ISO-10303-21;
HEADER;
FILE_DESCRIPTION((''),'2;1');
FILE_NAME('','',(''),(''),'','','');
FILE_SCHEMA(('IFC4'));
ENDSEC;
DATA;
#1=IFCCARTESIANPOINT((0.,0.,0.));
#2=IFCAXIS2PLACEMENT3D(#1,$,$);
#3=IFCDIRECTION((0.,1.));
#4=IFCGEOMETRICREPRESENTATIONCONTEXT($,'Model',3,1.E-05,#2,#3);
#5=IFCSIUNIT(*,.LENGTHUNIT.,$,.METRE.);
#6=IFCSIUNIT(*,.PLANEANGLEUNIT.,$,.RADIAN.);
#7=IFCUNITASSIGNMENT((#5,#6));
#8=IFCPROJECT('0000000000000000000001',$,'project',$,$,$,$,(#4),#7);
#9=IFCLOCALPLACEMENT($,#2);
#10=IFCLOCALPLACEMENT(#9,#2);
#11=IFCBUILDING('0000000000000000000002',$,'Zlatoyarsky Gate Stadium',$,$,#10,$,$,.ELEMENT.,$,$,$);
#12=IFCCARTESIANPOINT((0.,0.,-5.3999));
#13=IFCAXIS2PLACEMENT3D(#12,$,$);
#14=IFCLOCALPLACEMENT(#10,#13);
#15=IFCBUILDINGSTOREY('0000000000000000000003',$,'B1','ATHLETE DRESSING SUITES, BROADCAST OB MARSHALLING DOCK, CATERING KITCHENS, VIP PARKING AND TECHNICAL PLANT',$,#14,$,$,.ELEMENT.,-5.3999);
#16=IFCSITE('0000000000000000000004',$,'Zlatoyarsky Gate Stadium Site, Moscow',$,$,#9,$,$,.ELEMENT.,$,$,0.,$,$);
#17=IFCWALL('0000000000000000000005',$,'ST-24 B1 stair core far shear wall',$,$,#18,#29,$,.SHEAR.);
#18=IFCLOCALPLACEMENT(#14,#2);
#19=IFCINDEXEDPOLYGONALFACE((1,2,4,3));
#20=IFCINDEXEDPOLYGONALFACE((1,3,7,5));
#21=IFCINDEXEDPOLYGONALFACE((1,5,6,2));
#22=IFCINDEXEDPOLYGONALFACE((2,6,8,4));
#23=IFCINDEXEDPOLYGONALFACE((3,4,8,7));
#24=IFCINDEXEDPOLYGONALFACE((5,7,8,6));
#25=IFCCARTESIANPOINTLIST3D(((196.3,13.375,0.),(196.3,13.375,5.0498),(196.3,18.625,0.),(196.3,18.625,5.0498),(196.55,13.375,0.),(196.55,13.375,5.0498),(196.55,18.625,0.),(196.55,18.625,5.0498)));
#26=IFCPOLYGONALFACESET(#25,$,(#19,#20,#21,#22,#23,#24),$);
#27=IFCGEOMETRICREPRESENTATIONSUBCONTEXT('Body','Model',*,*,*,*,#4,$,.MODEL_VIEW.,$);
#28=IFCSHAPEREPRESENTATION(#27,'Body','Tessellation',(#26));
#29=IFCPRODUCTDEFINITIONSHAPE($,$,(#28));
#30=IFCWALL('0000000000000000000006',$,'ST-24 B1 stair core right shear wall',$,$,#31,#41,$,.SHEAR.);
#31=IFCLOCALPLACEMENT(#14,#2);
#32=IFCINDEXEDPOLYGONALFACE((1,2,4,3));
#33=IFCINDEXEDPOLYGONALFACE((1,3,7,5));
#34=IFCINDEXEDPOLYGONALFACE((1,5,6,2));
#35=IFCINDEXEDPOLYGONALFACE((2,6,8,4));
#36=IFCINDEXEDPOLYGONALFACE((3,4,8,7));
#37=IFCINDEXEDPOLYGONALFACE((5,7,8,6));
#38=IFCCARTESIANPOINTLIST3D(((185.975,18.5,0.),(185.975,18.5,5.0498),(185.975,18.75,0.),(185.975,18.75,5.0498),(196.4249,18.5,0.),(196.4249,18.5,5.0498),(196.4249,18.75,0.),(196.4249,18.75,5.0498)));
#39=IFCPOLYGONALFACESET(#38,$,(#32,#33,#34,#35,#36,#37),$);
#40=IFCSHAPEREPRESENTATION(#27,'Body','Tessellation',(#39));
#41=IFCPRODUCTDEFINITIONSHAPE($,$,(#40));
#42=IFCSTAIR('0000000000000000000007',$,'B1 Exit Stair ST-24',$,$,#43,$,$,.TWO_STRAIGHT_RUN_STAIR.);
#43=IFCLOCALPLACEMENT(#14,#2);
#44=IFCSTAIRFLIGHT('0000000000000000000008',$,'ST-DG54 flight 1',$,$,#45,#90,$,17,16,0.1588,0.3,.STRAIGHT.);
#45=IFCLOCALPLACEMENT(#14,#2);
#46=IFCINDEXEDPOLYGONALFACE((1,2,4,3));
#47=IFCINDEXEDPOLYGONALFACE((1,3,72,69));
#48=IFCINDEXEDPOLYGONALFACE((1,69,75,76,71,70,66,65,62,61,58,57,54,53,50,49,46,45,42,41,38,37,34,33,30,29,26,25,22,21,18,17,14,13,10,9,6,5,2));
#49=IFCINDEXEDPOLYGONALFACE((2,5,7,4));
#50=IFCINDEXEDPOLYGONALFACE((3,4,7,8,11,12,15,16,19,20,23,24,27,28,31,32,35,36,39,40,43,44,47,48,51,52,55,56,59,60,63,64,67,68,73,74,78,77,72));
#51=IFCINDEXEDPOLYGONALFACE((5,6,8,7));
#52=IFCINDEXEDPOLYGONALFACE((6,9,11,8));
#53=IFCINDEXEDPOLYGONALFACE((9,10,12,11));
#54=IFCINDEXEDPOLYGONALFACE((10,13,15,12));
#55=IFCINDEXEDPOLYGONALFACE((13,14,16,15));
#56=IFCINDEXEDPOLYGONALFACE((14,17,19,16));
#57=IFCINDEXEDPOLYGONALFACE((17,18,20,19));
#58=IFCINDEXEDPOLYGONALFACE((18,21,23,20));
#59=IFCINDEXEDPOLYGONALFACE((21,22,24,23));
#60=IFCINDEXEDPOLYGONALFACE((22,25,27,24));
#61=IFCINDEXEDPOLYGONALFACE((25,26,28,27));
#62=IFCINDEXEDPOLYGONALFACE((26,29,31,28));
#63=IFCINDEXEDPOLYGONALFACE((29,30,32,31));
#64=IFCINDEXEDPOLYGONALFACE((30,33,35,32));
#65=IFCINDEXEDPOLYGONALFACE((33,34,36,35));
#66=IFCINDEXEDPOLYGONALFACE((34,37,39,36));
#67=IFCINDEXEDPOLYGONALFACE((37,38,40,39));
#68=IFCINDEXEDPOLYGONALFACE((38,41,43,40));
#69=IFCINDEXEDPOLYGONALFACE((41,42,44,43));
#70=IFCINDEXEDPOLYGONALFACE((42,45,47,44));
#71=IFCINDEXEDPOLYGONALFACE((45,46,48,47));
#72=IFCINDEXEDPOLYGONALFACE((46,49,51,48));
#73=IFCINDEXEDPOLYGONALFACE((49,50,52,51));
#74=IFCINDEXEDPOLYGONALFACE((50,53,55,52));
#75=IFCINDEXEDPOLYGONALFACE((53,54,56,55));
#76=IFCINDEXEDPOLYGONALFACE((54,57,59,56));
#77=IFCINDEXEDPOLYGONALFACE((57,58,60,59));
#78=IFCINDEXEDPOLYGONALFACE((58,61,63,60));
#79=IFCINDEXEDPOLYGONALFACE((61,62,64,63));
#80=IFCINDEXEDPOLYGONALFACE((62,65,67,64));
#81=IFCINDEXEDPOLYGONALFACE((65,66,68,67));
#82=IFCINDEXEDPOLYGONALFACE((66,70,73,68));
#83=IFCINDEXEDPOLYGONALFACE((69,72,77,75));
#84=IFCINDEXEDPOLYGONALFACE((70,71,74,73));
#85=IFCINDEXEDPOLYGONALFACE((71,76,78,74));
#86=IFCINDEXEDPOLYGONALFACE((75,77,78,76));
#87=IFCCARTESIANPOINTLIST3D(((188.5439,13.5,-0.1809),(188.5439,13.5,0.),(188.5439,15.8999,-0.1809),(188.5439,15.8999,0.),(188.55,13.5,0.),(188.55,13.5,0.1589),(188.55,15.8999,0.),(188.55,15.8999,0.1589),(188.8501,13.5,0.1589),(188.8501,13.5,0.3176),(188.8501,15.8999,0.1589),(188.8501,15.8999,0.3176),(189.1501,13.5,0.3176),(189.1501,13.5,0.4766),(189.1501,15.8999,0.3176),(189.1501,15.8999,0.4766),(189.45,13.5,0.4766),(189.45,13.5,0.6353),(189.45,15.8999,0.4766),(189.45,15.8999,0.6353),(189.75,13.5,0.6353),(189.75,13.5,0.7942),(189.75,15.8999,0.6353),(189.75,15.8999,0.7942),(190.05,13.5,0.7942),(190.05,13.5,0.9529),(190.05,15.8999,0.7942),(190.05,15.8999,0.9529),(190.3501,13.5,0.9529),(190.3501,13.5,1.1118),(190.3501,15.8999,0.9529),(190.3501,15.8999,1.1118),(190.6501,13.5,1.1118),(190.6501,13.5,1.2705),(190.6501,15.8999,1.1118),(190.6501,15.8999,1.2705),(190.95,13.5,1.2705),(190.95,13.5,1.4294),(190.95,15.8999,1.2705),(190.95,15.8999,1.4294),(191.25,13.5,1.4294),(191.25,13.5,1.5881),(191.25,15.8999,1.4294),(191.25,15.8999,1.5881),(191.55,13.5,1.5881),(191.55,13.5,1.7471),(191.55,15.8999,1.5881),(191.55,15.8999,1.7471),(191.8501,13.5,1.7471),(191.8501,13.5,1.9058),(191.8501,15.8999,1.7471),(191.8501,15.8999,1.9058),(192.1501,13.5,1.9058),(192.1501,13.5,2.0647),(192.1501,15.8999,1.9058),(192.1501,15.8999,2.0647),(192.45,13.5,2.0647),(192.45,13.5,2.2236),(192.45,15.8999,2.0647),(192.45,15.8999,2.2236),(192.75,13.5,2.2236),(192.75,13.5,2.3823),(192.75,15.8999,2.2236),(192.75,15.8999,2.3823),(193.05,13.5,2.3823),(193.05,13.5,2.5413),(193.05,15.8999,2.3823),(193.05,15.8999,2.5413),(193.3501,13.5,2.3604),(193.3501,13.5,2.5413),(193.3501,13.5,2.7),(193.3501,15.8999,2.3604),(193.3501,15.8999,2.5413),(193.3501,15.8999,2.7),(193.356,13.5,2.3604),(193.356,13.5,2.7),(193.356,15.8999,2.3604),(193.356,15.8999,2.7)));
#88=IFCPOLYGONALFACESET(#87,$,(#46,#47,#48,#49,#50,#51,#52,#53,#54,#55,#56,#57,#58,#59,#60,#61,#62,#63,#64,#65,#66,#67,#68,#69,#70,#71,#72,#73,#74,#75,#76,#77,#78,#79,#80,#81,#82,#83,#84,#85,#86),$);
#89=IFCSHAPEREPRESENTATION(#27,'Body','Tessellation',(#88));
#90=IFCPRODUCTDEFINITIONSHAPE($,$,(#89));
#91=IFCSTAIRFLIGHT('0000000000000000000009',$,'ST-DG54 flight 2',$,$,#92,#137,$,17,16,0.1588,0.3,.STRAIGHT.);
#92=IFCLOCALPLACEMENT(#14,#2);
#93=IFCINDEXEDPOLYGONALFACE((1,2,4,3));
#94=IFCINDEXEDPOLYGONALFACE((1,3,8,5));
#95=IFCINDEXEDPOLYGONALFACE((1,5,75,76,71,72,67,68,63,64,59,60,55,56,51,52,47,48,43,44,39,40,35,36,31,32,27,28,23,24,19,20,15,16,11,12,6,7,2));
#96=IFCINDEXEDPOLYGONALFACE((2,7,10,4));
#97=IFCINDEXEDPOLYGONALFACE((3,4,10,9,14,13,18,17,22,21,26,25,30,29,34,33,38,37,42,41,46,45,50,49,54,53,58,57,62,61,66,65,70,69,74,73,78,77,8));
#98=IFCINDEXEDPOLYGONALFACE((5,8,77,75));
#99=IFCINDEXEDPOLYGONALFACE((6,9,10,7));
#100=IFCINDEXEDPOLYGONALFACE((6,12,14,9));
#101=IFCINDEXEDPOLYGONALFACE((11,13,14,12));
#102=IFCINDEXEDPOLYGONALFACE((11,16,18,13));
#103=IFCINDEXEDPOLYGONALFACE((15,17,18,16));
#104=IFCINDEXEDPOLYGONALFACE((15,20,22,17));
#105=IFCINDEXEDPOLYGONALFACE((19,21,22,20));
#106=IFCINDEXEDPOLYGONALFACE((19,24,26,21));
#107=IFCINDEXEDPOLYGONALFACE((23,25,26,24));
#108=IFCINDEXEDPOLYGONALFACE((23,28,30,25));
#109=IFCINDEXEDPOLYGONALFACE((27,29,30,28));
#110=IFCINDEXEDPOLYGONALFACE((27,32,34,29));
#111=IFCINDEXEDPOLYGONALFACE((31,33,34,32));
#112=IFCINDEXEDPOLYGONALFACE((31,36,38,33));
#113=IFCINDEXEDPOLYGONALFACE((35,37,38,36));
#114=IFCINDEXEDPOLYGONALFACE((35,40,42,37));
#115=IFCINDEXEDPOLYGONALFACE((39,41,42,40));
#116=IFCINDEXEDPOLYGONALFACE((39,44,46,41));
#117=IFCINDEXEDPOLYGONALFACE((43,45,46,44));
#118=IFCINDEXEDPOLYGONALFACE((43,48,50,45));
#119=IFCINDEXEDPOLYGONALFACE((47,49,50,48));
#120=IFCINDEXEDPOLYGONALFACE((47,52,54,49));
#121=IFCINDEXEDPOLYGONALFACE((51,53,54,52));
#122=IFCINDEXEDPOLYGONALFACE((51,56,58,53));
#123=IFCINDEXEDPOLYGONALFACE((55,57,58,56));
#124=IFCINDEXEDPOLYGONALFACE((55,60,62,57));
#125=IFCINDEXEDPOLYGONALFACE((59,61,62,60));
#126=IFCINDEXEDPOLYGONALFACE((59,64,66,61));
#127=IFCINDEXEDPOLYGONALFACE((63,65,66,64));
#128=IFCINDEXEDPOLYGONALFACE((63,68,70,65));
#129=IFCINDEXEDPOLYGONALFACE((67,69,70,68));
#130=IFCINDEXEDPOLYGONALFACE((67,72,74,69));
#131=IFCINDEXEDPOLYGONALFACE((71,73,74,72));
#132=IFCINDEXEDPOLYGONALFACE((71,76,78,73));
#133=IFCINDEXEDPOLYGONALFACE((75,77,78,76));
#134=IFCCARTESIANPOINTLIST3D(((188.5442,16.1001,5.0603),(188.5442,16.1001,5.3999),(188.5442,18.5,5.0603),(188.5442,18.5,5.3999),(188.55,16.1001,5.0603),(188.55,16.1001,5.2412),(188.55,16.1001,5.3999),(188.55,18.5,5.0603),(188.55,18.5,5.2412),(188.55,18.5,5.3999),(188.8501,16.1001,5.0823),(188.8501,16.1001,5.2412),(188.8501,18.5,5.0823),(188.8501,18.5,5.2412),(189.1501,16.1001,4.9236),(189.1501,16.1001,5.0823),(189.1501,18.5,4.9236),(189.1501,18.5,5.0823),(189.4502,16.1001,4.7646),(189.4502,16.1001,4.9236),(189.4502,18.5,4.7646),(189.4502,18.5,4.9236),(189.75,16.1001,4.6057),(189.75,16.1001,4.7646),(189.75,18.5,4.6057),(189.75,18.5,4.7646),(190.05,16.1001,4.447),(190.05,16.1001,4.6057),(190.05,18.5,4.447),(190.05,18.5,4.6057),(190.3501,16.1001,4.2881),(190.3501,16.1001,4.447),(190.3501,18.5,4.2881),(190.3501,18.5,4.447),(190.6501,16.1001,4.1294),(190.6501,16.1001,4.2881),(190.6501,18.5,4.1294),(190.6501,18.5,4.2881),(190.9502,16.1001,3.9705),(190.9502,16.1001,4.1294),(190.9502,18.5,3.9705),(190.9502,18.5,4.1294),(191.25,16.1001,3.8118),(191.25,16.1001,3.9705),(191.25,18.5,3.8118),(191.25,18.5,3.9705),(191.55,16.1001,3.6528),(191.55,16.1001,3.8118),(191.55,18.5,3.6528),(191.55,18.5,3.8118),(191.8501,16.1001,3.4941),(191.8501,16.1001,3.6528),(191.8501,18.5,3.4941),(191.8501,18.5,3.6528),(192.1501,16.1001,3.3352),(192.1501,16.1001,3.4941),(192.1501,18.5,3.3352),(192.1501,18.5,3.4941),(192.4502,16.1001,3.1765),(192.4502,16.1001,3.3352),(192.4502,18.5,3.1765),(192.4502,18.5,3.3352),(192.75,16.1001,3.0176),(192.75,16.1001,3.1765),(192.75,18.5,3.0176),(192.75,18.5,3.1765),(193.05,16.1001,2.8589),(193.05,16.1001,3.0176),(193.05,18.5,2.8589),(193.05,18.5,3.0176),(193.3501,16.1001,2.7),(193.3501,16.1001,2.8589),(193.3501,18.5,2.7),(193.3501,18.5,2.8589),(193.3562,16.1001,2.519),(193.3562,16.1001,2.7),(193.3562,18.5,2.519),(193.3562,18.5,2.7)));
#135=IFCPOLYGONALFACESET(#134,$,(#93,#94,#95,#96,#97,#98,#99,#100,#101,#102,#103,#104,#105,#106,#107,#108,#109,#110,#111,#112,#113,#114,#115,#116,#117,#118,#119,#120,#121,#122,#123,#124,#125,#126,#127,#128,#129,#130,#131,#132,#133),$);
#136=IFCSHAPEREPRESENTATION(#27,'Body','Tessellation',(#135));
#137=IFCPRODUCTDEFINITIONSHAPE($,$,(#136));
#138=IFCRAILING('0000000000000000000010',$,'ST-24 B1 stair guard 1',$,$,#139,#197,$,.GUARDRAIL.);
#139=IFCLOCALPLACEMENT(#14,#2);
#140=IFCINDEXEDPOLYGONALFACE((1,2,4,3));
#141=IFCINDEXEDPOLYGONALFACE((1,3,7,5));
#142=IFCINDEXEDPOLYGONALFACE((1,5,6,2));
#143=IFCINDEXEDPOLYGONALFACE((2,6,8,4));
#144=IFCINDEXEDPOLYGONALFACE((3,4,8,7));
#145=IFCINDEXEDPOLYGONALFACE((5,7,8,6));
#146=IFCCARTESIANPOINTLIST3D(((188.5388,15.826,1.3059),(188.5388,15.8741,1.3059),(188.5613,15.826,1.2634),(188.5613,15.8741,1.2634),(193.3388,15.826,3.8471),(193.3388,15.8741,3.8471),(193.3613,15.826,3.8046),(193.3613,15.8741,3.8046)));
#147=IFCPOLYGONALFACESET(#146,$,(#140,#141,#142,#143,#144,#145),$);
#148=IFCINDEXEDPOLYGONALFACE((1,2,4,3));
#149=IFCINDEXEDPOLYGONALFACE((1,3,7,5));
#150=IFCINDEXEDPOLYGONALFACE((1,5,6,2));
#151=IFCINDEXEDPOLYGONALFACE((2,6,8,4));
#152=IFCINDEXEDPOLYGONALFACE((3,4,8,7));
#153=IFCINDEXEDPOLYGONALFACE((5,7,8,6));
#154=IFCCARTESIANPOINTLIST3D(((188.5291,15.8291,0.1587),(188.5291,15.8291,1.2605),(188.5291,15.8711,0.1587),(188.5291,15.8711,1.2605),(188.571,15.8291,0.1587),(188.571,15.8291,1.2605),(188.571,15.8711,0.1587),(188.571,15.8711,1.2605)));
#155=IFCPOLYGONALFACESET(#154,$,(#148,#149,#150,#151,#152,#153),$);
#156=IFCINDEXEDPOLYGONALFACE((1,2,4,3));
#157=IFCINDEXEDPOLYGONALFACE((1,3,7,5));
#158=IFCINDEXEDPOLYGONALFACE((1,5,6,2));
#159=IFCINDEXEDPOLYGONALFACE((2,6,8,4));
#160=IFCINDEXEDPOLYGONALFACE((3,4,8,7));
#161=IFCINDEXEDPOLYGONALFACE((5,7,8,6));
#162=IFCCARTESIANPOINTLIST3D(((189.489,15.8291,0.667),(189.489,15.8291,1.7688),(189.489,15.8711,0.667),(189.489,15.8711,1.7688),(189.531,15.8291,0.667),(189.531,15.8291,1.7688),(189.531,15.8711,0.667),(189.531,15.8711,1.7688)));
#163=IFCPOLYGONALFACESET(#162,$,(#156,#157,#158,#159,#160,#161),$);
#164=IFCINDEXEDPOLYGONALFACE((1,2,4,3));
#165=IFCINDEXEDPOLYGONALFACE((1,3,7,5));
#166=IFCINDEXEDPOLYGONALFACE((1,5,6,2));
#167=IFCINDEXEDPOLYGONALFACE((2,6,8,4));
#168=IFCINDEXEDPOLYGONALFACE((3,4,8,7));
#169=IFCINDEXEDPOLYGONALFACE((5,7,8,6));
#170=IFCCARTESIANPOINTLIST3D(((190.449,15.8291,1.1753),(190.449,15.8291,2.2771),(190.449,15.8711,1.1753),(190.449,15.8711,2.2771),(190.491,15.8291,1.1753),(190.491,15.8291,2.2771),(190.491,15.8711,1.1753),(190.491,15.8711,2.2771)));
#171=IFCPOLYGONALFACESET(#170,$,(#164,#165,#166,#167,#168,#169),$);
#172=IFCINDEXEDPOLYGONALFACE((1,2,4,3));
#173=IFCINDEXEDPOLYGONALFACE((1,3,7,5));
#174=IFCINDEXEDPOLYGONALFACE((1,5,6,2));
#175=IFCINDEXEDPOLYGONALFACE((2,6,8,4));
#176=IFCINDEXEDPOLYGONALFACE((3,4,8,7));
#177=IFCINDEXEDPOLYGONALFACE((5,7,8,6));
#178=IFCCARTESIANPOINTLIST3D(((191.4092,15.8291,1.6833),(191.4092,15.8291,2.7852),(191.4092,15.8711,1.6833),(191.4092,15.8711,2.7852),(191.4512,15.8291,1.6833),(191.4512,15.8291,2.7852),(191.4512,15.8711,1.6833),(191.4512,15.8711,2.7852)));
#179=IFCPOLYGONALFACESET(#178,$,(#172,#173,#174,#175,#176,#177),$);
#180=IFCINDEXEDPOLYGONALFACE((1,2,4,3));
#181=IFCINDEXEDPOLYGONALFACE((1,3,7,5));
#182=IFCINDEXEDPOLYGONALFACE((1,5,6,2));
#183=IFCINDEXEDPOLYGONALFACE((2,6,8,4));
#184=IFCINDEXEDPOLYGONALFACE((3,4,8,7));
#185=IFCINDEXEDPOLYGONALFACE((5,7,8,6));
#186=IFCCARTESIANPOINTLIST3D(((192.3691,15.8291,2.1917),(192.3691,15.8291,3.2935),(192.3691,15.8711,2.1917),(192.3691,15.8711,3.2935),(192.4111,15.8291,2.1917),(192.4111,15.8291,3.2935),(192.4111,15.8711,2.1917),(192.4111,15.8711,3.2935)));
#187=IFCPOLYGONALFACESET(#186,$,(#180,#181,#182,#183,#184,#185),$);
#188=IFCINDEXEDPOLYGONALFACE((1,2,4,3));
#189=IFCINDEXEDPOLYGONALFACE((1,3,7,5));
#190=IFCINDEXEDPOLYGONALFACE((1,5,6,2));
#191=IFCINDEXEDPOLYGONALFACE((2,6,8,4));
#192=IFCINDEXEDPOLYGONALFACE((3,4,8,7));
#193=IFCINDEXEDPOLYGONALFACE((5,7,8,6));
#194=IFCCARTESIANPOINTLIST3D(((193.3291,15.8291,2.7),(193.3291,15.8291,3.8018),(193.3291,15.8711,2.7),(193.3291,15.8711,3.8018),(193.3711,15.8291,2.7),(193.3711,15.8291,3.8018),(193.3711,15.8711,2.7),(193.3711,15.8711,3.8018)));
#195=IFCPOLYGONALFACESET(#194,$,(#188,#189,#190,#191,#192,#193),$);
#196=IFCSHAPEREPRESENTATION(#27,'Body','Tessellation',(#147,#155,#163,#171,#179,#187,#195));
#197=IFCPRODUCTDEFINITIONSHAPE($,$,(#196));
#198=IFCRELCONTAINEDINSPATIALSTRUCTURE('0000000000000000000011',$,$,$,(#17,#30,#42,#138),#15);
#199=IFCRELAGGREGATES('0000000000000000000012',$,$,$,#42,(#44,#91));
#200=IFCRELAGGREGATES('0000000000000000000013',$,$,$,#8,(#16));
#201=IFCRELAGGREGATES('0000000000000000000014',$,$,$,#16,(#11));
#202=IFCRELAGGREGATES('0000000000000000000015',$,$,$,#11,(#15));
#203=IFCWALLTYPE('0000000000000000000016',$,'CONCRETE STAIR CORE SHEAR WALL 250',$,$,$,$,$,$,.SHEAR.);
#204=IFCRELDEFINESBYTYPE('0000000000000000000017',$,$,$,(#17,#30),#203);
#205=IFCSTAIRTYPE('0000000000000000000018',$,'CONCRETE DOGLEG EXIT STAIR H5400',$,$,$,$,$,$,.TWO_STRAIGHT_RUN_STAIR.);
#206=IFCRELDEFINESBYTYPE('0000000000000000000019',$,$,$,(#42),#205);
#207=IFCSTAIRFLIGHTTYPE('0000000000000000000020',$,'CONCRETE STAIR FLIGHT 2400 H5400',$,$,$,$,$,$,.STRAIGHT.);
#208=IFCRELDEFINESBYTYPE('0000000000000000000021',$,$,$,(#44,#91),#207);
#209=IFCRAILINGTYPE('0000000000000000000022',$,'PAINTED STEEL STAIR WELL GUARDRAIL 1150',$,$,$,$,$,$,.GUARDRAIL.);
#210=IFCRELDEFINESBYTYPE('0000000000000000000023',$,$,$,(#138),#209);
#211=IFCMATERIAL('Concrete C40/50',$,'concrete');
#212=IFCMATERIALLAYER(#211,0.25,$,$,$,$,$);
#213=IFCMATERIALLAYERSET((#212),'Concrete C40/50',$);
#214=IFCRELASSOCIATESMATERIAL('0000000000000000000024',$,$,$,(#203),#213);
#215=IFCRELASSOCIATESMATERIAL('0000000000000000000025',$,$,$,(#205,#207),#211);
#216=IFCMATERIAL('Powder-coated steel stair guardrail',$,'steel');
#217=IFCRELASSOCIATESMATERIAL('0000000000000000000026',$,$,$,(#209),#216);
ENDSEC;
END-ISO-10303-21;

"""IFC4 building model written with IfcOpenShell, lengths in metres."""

from ifc_helpers import new_model, si_unit, direction, frame, frame_2d, origin, origin_2d, place, context, subcontext, project, spatial, polyline, rectangle, outline, extrude, material, layer, layer_set, type_object, element, aggregate, save


model = new_model("IFC4")

# Units and contexts
model_context = context("Model", 3, precision=1e-05, world=origin(), true_north=direction((0.0, 1.0)))
body_context = subcontext(model_context, "Body", "Model", "MODEL_VIEW")
ifc_project = project(units=[si_unit("LENGTHUNIT", "METRE"), si_unit("PLANEANGLEUNIT", "RADIAN")], contexts=[model_context])

# Site, building, storey
site_placement = place(None, origin())
site = spatial("IfcSite", under=ifc_project, at=site_placement, Name="Zlatoyarsky Gate Stadium Site, Moscow", CompositionType="ELEMENT", RefElevation=0.0)
building_placement = place(site_placement, origin())
building = spatial("IfcBuilding", under=site, at=building_placement, Name="Zlatoyarsky Gate Stadium", CompositionType="ELEMENT")
storey_placement = place(building_placement, frame((0.0, 0.0, -5.3999)))
storey = spatial("IfcBuildingStorey", under=building, at=storey_placement, Name="B1", Description="ATHLETE DRESSING SUITES, BROADCAST OB MARSHALLING DOCK, CATERING KITCHENS, VIP PARKING AND TECHNICAL PLANT", CompositionType="ELEMENT", Elevation=-5.3999)

# Shared definitions
ifc_material_1 = material(Name="Concrete C40/50", Category="concrete")

# Walls
ifc_layer_1 = layer(ifc_material_1, 0.25)
ifc_layer_set_1 = layer_set([ifc_layer_1], Name="Concrete C40/50")
wall_type_1 = type_object("IfcWallType", Name="CONCRETE STAIR CORE SHEAR WALL 250", PredefinedType="SHEAR", material=ifc_layer_set_1)
wall_1_placement = place(storey_placement, frame((196.425, 13.375, 0.0), z_axis=(0.0, 0.0, 1.0), x_axis=(0.0, 1.0, 0.0)))
element("IfcWall", 1, at=wall_1_placement, inside=storey, type_object=wall_type_1, Name="ST-24 B1 stair core far shear wall", PredefinedType="SHEAR", context=body_context, shape_type="SweptSolid", body=[
    extrude(rectangle(XDim=5.25, YDim=0.25, at=frame_2d((2.625, 0.0))), origin(), (0.0, 0.0, 1.0), 5.0498),
])
wall_2_placement = place(storey_placement, frame((196.425, 18.625, 0.0), z_axis=(0.0, 0.0, 1.0), x_axis=(-1.0, 0.0, 0.0)))
element("IfcWall", 2, at=wall_2_placement, inside=storey, type_object=wall_type_1, Name="ST-24 B1 stair core right shear wall", PredefinedType="SHEAR", context=body_context, shape_type="SweptSolid", body=[
    extrude(rectangle(XDim=10.45, YDim=0.25, at=frame_2d((5.2251, 0.0))), origin(), (0.0, 0.0, 1.0), 5.0498),
])

# Stair, stair flights
stair_type = type_object("IfcStairType", Name="CONCRETE DOGLEG EXIT STAIR H5400", PredefinedType="TWO_STRAIGHT_RUN_STAIR", material=ifc_material_1)
stair_placement = place(storey_placement, origin())
stair = element("IfcStair", 3, at=stair_placement, inside=storey, type_object=stair_type, Name="B1 Exit Stair ST-24", PredefinedType="TWO_STRAIGHT_RUN_STAIR")
stair_flight_type = type_object("IfcStairFlightType", Name="CONCRETE STAIR FLIGHT 2400 H5400", PredefinedType="STRAIGHT", material=ifc_material_1)
stair_flight_1_placement = place(storey_placement, frame((188.55, 14.7, 0.0), z_axis=(0.0, 0.0, 1.0), x_axis=(1.0, 0.0, 0.0)))
stair_flight_1 = element("IfcStairFlight", 4, at=stair_flight_1_placement, type_object=stair_flight_type, Name="ST-DG54 flight 1", NumberOfRisers=17, NumberOfTreads=16, PredefinedType="STRAIGHT", RiserHeight=0.1588, TreadLength=0.3, context=body_context, shape_type="SweptSolid", body=[
    extrude(outline(polyline([(-0.0061, -0.1809), (-0.0061, 0.0), (0.0, 0.0), (0.0, 0.1589), (0.3, 0.1589), (0.3, 0.3176), (0.6001, 0.3176), (0.6001, 0.4766), (0.8999, 0.4766), (0.8999, 0.6353), (1.2, 0.6353), (1.2, 0.7942), (1.5, 0.7942), (1.5, 0.9529), (1.8, 0.9529), (1.8, 1.1118), (2.1001, 1.1118), (2.1001, 1.2705), (2.3999, 1.2705), (2.3999, 1.4294), (2.7, 1.4294), (2.7, 1.5881), (3.0, 1.5881), (3.0, 1.7471), (3.3, 1.7471), (3.3, 1.9058), (3.6001, 1.9058), (3.6001, 2.0647), (3.8999, 2.0647), (3.8999, 2.2236), (4.2, 2.2236), (4.2, 2.3823), (4.5, 2.3823), (4.5, 2.5413), (4.8, 2.5413), (4.8, 2.7), (4.8059, 2.7), (4.8059, 2.3604), (4.8, 2.3604), (-0.0061, -0.1809)])), frame((0.0, 1.2, 0.0), z_axis=(0.0, -1.0, 0.0), x_axis=(1.0, 0.0, 0.0)), (0.0, 0.0, 1.0), 2.3999),
])
stair_flight_2_placement = place(storey_placement, frame((193.3501, 17.3, 2.7), z_axis=(0.0, 0.0, 1.0), x_axis=(-1.0, 0.0, 0.0)))
stair_flight_2 = element("IfcStairFlight", 5, at=stair_flight_2_placement, type_object=stair_flight_type, Name="ST-DG54 flight 2", NumberOfRisers=17, NumberOfTreads=16, PredefinedType="STRAIGHT", RiserHeight=0.1588, TreadLength=0.3, context=body_context, shape_type="SweptSolid", body=[
    extrude(outline(polyline([(-0.0061, -0.1809), (-0.0061, 0.0), (0.0, 0.0), (0.0, 0.1589), (0.3, 0.1589), (0.3, 0.3176), (0.6001, 0.3176), (0.6001, 0.4766), (0.8999, 0.4766), (0.8999, 0.6353), (1.2, 0.6353), (1.2, 0.7942), (1.5, 0.7942), (1.5, 0.9529), (1.8, 0.9529), (1.8, 1.1118), (2.1001, 1.1118), (2.1001, 1.2705), (2.3999, 1.2705), (2.3999, 1.4294), (2.7, 1.4294), (2.7, 1.5881), (3.0, 1.5881), (3.0, 1.7471), (3.3, 1.7471), (3.3, 1.9058), (3.6001, 1.9058), (3.6001, 2.0647), (3.8999, 2.0647), (3.8999, 2.2236), (4.2, 2.2236), (4.2, 2.3823), (4.5, 2.3823), (4.5, 2.5413), (4.8, 2.5413), (4.8, 2.7), (4.8059, 2.7), (4.8059, 2.3604), (4.8, 2.3604), (-0.0061, -0.1809)])), frame((0.0, 1.2, 0.0), z_axis=(0.0, -1.0, 0.0), x_axis=(1.0, 0.0, 0.0)), (0.0, 0.0, 1.0), 2.3999),
])
aggregate(stair, [stair_flight_1, stair_flight_2])

# Railing
ifc_material_2 = material(Name="Powder-coated steel stair guardrail", Category="steel")
railing_type_1 = type_object("IfcRailingType", Name="PAINTED STEEL STAIR WELL GUARDRAIL 1150", PredefinedType="GUARDRAIL", material=ifc_material_2)
railing_1_placement = place(storey_placement, frame((188.55, 15.8501, 0.1587)))
element("IfcRailing", 6, at=railing_1_placement, inside=storey, type_object=railing_type_1, Name="ST-24 B1 stair guard 1", PredefinedType="GUARDRAIL", context=body_context, shape_type="SweptSolid", body=[
    extrude(rectangle(XDim=0.0481, YDim=0.0481, at=origin_2d()), frame((0.0, 0.0, 1.126), z_axis=(0.883784, 0.0, 0.467896), x_axis=(0.0, 1.0, 0.0)), (0.0, 0.0, 1.0), 5.4312),
    extrude(rectangle(XDim=0.042, YDim=0.042, at=origin_2d()), origin(), (0.0, 0.0, 1.0), 1.1018),
    extrude(rectangle(XDim=0.042, YDim=0.042, at=origin_2d()), frame((0.96, 0.0, 0.5083)), (0.0, 0.0, 1.0), 1.1018),
    extrude(rectangle(XDim=0.042, YDim=0.042, at=origin_2d()), frame((1.9199, 0.0, 1.0166)), (0.0, 0.0, 1.0), 1.1018),
    extrude(rectangle(XDim=0.042, YDim=0.042, at=origin_2d()), frame((2.8801, 0.0, 1.5247)), (0.0, 0.0, 1.0), 1.1018),
    extrude(rectangle(XDim=0.042, YDim=0.042, at=origin_2d()), frame((3.8401, 0.0, 2.033)), (0.0, 0.0, 1.0), 1.1018),
    extrude(rectangle(XDim=0.042, YDim=0.042, at=origin_2d()), frame((4.8, 0.0, 2.5413)), (0.0, 0.0, 1.0), 1.1018),
])

save(model, "model.ifc")
